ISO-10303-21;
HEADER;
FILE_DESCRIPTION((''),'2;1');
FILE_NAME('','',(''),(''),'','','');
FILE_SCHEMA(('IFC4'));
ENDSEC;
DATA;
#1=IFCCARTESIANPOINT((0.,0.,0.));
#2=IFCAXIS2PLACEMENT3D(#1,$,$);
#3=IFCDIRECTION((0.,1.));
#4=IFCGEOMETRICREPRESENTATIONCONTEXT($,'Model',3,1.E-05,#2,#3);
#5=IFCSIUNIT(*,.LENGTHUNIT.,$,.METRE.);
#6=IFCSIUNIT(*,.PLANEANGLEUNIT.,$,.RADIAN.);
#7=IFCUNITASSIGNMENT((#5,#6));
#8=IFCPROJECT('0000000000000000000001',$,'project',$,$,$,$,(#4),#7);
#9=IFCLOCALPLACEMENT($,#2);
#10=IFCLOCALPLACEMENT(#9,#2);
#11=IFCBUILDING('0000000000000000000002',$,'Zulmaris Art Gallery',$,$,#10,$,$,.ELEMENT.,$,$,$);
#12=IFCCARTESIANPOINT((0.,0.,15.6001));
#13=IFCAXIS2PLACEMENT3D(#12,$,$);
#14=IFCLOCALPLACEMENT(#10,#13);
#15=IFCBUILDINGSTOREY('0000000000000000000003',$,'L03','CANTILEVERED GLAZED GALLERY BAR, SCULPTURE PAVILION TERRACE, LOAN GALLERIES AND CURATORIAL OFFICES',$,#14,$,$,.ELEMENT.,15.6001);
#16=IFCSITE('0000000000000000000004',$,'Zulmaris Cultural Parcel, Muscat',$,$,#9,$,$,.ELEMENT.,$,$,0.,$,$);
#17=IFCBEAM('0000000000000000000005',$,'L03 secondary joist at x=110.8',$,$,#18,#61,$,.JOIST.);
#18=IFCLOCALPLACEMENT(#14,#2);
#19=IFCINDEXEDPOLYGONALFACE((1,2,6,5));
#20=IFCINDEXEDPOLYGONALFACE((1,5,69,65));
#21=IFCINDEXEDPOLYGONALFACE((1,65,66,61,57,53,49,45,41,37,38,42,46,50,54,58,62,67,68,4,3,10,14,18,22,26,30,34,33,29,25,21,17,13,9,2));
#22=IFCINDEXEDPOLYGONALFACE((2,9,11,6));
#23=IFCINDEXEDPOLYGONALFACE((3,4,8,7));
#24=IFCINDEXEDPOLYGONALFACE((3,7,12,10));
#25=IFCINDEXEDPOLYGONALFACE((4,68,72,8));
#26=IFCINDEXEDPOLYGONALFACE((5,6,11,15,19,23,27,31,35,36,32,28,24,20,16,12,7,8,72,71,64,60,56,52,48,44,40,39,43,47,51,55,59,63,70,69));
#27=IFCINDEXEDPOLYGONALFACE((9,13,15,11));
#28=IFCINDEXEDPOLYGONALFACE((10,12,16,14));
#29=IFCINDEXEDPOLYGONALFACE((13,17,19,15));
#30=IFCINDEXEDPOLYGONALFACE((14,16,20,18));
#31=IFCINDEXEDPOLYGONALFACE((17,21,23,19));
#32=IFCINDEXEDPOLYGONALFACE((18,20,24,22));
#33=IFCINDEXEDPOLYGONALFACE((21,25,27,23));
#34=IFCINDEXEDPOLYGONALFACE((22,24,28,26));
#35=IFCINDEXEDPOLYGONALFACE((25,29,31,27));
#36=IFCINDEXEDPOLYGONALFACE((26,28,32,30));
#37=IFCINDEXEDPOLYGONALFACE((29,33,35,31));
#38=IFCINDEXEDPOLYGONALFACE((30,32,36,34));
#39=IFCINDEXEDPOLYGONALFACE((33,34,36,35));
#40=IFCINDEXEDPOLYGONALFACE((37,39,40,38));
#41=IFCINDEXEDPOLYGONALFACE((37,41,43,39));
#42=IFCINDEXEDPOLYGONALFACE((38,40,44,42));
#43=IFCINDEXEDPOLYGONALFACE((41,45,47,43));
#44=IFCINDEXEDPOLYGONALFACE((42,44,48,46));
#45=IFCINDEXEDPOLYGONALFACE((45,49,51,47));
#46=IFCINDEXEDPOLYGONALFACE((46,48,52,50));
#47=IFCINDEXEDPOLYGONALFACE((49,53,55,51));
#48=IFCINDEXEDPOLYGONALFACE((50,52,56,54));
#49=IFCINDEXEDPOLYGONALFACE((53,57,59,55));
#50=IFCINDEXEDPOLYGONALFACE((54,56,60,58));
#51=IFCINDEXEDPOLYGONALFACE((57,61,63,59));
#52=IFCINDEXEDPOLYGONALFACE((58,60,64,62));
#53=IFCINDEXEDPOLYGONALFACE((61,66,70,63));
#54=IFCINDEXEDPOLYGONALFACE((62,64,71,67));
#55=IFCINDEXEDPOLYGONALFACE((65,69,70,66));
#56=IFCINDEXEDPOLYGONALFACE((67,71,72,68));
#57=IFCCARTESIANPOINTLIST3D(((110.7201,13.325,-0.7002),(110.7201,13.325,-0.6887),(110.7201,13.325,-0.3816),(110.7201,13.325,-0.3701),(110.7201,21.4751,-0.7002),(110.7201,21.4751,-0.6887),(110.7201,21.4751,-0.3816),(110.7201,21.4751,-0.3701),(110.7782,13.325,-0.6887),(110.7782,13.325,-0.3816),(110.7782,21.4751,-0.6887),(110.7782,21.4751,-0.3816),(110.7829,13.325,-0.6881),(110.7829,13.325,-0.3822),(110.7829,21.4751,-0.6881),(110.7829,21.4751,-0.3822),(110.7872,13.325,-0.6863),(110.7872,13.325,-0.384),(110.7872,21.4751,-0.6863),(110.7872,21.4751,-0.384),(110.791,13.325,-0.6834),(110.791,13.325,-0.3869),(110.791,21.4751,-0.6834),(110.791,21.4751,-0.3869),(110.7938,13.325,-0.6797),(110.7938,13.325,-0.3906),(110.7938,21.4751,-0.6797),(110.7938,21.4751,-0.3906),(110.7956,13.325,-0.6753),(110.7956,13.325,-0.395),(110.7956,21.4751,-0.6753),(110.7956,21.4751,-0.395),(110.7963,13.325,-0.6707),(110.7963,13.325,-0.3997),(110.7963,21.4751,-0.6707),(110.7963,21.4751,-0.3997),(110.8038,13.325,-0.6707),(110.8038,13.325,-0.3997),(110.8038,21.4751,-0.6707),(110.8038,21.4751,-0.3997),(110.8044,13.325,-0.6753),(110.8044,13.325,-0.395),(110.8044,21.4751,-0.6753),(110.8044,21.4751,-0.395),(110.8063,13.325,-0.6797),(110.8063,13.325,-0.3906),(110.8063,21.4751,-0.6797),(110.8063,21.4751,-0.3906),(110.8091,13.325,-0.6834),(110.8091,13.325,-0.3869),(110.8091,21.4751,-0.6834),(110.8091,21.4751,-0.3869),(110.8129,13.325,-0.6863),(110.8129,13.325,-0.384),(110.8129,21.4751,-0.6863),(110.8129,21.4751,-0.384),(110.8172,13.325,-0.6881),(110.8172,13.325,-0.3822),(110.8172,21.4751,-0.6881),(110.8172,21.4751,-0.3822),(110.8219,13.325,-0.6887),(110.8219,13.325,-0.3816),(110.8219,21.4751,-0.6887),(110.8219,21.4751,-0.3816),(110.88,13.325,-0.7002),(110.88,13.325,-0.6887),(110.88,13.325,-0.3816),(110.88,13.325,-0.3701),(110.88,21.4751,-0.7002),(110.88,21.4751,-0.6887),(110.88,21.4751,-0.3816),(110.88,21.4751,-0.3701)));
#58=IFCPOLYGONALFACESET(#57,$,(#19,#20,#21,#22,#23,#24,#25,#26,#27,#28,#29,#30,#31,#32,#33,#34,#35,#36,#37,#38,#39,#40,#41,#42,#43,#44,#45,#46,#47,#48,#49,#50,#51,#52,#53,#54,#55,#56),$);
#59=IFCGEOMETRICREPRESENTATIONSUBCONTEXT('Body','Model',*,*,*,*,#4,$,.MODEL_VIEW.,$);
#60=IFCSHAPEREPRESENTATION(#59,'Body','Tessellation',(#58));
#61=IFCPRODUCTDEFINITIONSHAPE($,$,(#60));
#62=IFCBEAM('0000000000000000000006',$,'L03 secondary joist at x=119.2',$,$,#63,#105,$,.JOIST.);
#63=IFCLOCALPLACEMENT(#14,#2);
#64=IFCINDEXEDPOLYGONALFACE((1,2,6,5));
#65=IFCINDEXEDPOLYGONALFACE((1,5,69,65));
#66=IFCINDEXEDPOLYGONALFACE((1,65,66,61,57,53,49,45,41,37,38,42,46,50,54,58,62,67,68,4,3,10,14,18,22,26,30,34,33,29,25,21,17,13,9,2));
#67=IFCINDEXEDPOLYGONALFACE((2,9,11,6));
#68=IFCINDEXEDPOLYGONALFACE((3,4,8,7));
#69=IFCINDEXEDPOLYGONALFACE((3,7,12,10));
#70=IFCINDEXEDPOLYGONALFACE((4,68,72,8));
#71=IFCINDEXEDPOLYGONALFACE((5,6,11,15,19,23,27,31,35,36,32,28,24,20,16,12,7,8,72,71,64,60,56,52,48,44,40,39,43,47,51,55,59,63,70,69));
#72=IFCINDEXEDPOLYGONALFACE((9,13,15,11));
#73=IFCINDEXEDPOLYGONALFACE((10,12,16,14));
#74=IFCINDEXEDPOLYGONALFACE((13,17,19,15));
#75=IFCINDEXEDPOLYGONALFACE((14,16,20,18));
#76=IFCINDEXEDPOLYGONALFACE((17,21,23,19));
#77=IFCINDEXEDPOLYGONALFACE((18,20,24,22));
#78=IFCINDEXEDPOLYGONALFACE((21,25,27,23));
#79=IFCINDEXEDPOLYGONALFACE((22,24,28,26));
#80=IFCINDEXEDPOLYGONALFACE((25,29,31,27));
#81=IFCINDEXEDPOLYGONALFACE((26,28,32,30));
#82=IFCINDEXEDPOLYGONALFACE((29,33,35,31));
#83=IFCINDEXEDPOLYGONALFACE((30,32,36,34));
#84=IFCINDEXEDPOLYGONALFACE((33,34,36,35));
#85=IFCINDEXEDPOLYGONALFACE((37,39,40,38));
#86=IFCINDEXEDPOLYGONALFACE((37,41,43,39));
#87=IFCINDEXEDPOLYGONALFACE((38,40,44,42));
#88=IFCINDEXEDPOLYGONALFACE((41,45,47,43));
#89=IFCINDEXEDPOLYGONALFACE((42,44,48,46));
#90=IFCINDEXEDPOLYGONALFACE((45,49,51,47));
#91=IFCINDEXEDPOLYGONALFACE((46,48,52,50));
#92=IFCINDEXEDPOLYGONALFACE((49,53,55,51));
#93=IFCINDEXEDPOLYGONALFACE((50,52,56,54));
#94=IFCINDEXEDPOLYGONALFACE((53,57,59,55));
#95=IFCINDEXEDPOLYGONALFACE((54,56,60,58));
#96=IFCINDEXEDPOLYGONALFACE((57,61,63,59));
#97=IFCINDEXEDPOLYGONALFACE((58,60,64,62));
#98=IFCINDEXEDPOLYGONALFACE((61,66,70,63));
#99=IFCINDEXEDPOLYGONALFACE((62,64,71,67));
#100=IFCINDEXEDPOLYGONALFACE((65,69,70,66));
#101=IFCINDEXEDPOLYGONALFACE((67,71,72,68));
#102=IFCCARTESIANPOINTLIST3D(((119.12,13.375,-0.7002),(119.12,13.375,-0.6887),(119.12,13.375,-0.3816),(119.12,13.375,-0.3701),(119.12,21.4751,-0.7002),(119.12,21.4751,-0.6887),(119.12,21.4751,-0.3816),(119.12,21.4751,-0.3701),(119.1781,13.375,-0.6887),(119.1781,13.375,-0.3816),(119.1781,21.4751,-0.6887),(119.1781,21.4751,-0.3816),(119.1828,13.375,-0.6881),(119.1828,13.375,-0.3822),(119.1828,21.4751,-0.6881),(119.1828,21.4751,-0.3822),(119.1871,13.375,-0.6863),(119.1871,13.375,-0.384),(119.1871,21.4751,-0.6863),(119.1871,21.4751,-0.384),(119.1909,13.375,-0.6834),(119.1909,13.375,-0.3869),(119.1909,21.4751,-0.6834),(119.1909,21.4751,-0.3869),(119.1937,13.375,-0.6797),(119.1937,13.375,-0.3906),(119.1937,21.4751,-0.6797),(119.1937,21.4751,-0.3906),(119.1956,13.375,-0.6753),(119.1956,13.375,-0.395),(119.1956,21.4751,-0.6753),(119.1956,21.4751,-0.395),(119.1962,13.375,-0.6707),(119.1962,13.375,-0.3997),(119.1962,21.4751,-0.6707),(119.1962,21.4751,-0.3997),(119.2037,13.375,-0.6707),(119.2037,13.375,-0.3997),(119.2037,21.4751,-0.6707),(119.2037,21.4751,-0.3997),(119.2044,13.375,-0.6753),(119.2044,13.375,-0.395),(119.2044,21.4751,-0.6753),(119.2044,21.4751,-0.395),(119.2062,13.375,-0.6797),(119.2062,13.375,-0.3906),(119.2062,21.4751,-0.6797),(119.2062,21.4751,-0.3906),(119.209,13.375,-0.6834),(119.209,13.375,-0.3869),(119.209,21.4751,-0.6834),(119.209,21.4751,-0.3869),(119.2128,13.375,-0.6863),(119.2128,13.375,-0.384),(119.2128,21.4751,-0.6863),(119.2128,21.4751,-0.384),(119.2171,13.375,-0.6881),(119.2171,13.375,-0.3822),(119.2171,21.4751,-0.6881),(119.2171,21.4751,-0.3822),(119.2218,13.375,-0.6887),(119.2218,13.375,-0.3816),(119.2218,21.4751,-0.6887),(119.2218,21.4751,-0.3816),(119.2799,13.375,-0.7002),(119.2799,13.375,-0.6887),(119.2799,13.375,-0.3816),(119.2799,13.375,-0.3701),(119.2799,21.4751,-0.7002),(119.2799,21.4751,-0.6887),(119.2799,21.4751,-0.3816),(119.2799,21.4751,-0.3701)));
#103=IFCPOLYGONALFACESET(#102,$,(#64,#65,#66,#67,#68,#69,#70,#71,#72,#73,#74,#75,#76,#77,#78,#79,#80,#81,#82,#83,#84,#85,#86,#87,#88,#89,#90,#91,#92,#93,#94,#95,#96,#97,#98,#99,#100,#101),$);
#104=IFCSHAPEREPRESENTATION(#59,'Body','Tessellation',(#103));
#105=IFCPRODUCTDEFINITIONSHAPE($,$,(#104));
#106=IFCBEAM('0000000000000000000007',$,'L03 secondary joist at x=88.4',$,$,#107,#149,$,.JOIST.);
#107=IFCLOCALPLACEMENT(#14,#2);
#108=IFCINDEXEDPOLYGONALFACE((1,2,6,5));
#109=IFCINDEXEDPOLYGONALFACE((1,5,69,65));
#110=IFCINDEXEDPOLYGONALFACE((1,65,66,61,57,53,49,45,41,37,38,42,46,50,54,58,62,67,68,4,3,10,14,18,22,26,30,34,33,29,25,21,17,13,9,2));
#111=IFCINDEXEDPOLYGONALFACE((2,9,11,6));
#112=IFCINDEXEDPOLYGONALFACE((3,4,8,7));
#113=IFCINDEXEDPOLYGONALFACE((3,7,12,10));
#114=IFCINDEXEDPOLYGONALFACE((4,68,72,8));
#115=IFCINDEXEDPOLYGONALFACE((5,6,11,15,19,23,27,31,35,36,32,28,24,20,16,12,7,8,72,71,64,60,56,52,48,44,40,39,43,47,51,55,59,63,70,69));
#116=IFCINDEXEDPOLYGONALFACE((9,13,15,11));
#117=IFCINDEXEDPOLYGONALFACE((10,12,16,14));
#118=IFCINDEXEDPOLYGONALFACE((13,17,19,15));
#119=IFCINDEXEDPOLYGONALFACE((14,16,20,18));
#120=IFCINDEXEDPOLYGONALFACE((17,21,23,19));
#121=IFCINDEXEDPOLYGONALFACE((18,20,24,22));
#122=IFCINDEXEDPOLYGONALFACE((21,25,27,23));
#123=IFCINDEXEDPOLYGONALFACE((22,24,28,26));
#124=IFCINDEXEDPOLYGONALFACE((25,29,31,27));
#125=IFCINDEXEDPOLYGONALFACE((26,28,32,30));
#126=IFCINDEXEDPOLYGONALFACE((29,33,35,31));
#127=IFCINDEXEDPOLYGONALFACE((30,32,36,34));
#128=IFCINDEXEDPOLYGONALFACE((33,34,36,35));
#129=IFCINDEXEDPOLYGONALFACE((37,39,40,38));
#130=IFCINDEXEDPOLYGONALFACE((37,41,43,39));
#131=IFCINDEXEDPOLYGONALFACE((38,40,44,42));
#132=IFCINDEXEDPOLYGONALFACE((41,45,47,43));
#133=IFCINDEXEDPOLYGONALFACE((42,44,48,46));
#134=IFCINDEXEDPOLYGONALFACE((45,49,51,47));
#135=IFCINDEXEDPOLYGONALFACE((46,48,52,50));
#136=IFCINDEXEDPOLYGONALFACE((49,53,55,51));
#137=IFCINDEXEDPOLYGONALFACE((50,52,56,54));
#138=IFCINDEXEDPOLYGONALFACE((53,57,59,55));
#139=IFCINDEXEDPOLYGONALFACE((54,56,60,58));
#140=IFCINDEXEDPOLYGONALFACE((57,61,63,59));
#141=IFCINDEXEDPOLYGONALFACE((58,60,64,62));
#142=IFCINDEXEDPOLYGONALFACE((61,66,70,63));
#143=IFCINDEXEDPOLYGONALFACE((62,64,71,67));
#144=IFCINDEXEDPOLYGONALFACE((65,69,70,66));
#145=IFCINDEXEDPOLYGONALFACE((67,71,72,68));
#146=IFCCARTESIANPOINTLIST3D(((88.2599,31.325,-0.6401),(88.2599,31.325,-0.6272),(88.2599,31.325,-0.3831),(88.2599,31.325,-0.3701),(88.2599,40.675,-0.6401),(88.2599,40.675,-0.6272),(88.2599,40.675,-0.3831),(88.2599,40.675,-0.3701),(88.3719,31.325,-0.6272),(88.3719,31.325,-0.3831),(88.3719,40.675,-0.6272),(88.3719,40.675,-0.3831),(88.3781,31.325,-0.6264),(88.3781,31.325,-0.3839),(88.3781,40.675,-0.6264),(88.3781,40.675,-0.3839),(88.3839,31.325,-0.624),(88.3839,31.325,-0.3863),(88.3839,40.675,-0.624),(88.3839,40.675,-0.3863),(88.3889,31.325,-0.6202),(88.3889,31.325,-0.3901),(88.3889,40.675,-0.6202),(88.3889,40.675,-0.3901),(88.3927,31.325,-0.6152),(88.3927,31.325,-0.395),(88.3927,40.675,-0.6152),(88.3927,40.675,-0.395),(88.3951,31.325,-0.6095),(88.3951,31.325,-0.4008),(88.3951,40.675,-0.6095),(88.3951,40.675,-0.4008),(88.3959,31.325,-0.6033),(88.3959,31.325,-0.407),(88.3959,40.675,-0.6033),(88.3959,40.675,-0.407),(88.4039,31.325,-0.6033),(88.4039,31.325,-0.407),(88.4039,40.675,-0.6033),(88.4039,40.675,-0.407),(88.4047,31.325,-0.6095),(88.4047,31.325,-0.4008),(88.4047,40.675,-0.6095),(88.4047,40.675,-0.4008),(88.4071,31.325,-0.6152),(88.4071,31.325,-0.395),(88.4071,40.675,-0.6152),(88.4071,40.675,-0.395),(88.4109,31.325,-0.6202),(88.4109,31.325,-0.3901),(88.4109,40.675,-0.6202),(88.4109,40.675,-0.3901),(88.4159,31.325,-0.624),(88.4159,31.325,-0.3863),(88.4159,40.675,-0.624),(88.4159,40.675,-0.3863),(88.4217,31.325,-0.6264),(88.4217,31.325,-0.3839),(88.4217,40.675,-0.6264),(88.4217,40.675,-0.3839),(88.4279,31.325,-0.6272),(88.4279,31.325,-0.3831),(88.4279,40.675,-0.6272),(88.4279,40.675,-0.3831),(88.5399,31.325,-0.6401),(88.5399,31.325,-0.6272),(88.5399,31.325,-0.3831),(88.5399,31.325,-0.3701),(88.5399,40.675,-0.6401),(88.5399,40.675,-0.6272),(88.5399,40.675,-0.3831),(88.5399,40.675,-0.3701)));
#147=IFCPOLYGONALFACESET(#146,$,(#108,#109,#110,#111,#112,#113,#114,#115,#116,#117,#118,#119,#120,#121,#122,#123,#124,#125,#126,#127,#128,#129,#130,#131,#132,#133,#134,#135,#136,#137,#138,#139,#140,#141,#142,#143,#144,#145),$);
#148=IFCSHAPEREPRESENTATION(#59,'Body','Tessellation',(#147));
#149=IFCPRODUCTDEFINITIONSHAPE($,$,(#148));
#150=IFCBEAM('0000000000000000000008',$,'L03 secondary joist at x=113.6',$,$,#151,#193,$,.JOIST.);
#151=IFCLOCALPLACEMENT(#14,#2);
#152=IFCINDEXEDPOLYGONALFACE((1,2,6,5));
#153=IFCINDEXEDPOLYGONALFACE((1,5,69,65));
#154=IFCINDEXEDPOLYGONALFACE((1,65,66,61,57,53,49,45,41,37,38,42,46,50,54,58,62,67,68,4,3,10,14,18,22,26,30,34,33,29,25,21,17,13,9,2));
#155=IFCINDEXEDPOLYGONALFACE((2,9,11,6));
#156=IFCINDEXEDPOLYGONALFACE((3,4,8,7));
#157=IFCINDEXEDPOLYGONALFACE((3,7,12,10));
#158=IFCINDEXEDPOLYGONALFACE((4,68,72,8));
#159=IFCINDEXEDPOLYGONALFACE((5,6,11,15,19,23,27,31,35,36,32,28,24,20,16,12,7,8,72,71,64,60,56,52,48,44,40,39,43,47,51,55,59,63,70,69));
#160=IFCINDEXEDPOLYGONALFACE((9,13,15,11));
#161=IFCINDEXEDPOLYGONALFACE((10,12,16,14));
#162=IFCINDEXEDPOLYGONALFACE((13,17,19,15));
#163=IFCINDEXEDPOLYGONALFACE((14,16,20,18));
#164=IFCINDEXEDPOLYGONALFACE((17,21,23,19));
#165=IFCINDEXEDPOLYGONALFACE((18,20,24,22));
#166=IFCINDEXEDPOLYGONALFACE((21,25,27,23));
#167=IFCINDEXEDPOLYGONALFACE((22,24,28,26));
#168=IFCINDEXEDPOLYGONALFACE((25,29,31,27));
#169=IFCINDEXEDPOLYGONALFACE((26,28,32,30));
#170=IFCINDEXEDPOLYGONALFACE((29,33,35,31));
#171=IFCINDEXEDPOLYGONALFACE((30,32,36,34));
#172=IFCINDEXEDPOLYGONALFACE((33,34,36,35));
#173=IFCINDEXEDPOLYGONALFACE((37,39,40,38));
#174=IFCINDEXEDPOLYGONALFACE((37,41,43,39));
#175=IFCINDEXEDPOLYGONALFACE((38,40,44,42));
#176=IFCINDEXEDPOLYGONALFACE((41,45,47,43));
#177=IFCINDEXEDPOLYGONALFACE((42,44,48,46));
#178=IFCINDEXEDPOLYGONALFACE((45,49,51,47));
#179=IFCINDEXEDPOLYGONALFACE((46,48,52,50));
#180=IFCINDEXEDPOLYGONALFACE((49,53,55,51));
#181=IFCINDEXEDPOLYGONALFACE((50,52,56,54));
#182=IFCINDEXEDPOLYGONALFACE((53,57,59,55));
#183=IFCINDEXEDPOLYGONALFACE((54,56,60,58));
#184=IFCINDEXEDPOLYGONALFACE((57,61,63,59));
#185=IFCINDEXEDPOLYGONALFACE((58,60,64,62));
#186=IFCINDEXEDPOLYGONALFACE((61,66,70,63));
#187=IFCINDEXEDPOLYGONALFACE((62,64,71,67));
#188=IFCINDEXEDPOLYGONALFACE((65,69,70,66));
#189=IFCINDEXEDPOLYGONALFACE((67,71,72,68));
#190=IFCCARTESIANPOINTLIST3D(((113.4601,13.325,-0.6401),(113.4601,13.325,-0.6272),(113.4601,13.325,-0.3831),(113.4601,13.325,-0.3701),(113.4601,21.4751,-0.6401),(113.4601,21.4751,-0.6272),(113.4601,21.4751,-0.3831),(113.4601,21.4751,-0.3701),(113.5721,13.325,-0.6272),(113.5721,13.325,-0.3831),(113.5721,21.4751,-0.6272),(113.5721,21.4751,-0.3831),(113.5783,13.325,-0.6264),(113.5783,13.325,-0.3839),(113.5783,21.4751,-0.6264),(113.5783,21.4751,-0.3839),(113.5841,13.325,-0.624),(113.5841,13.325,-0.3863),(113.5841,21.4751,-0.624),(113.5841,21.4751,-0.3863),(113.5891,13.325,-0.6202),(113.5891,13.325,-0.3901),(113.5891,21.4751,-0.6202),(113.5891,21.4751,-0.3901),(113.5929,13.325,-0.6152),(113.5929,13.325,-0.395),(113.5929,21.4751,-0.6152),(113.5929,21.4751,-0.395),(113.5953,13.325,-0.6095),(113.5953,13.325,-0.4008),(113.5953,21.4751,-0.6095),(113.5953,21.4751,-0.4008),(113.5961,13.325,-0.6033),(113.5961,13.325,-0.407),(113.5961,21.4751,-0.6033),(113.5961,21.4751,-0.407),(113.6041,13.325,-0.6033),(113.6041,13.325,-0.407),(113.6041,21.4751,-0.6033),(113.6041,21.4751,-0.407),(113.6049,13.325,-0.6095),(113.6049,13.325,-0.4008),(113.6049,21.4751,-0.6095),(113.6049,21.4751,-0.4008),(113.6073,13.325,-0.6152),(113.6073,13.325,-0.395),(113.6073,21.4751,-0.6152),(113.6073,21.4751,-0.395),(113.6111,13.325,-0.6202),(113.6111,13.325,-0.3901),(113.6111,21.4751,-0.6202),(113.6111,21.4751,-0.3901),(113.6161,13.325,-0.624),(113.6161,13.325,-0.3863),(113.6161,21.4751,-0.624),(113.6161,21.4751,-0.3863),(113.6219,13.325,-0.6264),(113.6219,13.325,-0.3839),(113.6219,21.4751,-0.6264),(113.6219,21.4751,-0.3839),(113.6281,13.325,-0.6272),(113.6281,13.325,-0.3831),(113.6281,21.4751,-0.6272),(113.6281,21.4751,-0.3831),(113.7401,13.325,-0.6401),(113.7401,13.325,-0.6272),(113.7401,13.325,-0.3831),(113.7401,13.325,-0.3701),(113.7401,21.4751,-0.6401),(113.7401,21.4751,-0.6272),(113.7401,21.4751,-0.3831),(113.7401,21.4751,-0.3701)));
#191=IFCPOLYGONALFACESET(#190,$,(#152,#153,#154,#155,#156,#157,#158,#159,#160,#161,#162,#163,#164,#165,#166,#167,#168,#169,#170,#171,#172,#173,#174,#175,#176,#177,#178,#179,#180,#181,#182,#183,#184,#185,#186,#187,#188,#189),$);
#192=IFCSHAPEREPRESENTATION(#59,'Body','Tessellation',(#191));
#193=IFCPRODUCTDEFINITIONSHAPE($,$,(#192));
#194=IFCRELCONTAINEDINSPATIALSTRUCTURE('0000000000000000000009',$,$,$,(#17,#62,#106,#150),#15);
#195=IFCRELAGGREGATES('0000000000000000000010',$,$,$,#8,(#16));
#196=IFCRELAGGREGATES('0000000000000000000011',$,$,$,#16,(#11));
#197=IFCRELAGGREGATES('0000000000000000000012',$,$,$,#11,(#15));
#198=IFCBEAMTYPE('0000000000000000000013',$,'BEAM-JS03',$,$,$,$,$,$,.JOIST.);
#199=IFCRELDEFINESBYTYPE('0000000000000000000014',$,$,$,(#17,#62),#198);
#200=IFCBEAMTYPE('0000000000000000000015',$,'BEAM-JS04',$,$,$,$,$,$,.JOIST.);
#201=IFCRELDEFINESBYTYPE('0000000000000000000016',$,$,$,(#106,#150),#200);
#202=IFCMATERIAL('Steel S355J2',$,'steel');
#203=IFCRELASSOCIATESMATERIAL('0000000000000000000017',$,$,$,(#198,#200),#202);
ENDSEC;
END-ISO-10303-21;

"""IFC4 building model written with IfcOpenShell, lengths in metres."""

from ifc_helpers import new_model, si_unit, direction, frame, origin, origin_2d, place, context, subcontext, project, spatial, i_section, extrude, material, material_profile, profile_set, type_object, element, save


model = new_model("IFC4")

# Units and contexts
model_context = context("Model", 3, precision=1e-05, world=origin(), true_north=direction((0.0, 1.0)))
body_context = subcontext(model_context, "Body", "Model", "MODEL_VIEW")
ifc_project = project(units=[si_unit("LENGTHUNIT", "METRE"), si_unit("PLANEANGLEUNIT", "RADIAN")], contexts=[model_context])

# Site, building, storey
site_placement = place(None, origin())
site = spatial("IfcSite", under=ifc_project, at=site_placement, Name="Zulmaris Cultural Parcel, Muscat", CompositionType="ELEMENT", RefElevation=0.0)
building_placement = place(site_placement, origin())
building = spatial("IfcBuilding", under=site, at=building_placement, Name="Zulmaris Art Gallery", CompositionType="ELEMENT")
storey_placement = place(building_placement, frame((0.0, 0.0, 15.6001)))
storey = spatial("IfcBuildingStorey", under=building, at=storey_placement, Name="L03", Description="CANTILEVERED GLAZED GALLERY BAR, SCULPTURE PAVILION TERRACE, LOAN GALLERIES AND CURATORIAL OFFICES", CompositionType="ELEMENT", Elevation=15.6001)

# Beams
ifc_material_1 = material(Name="Steel S355J2", Category="steel")
ifc_material_profile_1 = material_profile(ifc_material_1, i_section(OverallWidth=0.1599, OverallDepth=0.3301, WebThickness=0.0076, FlangeThickness=0.0115, FilletRadius=0.0181, at=origin_2d()), Name="IPE 330")
ifc_profile_set_1 = profile_set([ifc_material_profile_1], Name="Steel S355J2")
beam_type_1 = type_object("IfcBeamType", Name="BEAM-JS03", PredefinedType="JOIST", material=ifc_profile_set_1)
beam_1_placement = place(storey_placement, frame((110.8, 13.325, -0.5352), z_axis=(0.0, 1.0, 0.0), x_axis=(-1.0, 0.0, 0.0)))
element("IfcBeam", 1, at=beam_1_placement, inside=storey, type_object=beam_type_1, Name="L03 secondary joist at x=110.8", PredefinedType="JOIST", context=body_context, shape_type="SweptSolid", body=[
    extrude(i_section(OverallWidth=0.1599, OverallDepth=0.3301, WebThickness=0.0076, FlangeThickness=0.0115, FilletRadius=0.0181, at=origin_2d()), origin(), (0.0, 0.0, 1.0), 8.1501),
])
beam_2_placement = place(storey_placement, frame((119.2, 13.375, -0.5352), z_axis=(0.0, 1.0, 0.0), x_axis=(-1.0, 0.0, 0.0)))
element("IfcBeam", 2, at=beam_2_placement, inside=storey, type_object=beam_type_1, Name="L03 secondary joist at x=119.2", PredefinedType="JOIST", context=body_context, shape_type="SweptSolid", body=[
    extrude(i_section(OverallWidth=0.1599, OverallDepth=0.3301, WebThickness=0.0076, FlangeThickness=0.0115, FilletRadius=0.0181, at=origin_2d()), origin(), (0.0, 0.0, 1.0), 8.1001),
])
ifc_material_profile_2 = material_profile(ifc_material_1, i_section(OverallWidth=0.28, OverallDepth=0.27, WebThickness=0.0081, FlangeThickness=0.0129, FilletRadius=0.0239, at=origin_2d()), Name="HEA 280")
ifc_profile_set_2 = profile_set([ifc_material_profile_2], Name="Steel S355J2")
beam_type_2 = type_object("IfcBeamType", Name="BEAM-JS04", PredefinedType="JOIST", material=ifc_profile_set_2)
beam_3_placement = place(storey_placement, frame((88.3999, 31.325, -0.5051), z_axis=(0.0, 1.0, 0.0), x_axis=(-1.0, 0.0, 0.0)))
element("IfcBeam", 3, at=beam_3_placement, inside=storey, type_object=beam_type_2, Name="L03 secondary joist at x=88.4", PredefinedType="JOIST", context=body_context, shape_type="SweptSolid", body=[
    extrude(i_section(OverallWidth=0.28, OverallDepth=0.27, WebThickness=0.0081, FlangeThickness=0.0129, FilletRadius=0.0239, at=origin_2d()), origin(), (0.0, 0.0, 1.0), 9.3501),
])
beam_4_placement = place(storey_placement, frame((113.6001, 13.325, -0.5051), z_axis=(0.0, 1.0, 0.0), x_axis=(-1.0, 0.0, 0.0)))
element("IfcBeam", 4, at=beam_4_placement, inside=storey, type_object=beam_type_2, Name="L03 secondary joist at x=113.6", PredefinedType="JOIST", context=body_context, shape_type="SweptSolid", body=[
    extrude(i_section(OverallWidth=0.28, OverallDepth=0.27, WebThickness=0.0081, FlangeThickness=0.0129, FilletRadius=0.0239, at=origin_2d()), origin(), (0.0, 0.0, 1.0), 8.1501),
])

save(model, "model.ifc")
